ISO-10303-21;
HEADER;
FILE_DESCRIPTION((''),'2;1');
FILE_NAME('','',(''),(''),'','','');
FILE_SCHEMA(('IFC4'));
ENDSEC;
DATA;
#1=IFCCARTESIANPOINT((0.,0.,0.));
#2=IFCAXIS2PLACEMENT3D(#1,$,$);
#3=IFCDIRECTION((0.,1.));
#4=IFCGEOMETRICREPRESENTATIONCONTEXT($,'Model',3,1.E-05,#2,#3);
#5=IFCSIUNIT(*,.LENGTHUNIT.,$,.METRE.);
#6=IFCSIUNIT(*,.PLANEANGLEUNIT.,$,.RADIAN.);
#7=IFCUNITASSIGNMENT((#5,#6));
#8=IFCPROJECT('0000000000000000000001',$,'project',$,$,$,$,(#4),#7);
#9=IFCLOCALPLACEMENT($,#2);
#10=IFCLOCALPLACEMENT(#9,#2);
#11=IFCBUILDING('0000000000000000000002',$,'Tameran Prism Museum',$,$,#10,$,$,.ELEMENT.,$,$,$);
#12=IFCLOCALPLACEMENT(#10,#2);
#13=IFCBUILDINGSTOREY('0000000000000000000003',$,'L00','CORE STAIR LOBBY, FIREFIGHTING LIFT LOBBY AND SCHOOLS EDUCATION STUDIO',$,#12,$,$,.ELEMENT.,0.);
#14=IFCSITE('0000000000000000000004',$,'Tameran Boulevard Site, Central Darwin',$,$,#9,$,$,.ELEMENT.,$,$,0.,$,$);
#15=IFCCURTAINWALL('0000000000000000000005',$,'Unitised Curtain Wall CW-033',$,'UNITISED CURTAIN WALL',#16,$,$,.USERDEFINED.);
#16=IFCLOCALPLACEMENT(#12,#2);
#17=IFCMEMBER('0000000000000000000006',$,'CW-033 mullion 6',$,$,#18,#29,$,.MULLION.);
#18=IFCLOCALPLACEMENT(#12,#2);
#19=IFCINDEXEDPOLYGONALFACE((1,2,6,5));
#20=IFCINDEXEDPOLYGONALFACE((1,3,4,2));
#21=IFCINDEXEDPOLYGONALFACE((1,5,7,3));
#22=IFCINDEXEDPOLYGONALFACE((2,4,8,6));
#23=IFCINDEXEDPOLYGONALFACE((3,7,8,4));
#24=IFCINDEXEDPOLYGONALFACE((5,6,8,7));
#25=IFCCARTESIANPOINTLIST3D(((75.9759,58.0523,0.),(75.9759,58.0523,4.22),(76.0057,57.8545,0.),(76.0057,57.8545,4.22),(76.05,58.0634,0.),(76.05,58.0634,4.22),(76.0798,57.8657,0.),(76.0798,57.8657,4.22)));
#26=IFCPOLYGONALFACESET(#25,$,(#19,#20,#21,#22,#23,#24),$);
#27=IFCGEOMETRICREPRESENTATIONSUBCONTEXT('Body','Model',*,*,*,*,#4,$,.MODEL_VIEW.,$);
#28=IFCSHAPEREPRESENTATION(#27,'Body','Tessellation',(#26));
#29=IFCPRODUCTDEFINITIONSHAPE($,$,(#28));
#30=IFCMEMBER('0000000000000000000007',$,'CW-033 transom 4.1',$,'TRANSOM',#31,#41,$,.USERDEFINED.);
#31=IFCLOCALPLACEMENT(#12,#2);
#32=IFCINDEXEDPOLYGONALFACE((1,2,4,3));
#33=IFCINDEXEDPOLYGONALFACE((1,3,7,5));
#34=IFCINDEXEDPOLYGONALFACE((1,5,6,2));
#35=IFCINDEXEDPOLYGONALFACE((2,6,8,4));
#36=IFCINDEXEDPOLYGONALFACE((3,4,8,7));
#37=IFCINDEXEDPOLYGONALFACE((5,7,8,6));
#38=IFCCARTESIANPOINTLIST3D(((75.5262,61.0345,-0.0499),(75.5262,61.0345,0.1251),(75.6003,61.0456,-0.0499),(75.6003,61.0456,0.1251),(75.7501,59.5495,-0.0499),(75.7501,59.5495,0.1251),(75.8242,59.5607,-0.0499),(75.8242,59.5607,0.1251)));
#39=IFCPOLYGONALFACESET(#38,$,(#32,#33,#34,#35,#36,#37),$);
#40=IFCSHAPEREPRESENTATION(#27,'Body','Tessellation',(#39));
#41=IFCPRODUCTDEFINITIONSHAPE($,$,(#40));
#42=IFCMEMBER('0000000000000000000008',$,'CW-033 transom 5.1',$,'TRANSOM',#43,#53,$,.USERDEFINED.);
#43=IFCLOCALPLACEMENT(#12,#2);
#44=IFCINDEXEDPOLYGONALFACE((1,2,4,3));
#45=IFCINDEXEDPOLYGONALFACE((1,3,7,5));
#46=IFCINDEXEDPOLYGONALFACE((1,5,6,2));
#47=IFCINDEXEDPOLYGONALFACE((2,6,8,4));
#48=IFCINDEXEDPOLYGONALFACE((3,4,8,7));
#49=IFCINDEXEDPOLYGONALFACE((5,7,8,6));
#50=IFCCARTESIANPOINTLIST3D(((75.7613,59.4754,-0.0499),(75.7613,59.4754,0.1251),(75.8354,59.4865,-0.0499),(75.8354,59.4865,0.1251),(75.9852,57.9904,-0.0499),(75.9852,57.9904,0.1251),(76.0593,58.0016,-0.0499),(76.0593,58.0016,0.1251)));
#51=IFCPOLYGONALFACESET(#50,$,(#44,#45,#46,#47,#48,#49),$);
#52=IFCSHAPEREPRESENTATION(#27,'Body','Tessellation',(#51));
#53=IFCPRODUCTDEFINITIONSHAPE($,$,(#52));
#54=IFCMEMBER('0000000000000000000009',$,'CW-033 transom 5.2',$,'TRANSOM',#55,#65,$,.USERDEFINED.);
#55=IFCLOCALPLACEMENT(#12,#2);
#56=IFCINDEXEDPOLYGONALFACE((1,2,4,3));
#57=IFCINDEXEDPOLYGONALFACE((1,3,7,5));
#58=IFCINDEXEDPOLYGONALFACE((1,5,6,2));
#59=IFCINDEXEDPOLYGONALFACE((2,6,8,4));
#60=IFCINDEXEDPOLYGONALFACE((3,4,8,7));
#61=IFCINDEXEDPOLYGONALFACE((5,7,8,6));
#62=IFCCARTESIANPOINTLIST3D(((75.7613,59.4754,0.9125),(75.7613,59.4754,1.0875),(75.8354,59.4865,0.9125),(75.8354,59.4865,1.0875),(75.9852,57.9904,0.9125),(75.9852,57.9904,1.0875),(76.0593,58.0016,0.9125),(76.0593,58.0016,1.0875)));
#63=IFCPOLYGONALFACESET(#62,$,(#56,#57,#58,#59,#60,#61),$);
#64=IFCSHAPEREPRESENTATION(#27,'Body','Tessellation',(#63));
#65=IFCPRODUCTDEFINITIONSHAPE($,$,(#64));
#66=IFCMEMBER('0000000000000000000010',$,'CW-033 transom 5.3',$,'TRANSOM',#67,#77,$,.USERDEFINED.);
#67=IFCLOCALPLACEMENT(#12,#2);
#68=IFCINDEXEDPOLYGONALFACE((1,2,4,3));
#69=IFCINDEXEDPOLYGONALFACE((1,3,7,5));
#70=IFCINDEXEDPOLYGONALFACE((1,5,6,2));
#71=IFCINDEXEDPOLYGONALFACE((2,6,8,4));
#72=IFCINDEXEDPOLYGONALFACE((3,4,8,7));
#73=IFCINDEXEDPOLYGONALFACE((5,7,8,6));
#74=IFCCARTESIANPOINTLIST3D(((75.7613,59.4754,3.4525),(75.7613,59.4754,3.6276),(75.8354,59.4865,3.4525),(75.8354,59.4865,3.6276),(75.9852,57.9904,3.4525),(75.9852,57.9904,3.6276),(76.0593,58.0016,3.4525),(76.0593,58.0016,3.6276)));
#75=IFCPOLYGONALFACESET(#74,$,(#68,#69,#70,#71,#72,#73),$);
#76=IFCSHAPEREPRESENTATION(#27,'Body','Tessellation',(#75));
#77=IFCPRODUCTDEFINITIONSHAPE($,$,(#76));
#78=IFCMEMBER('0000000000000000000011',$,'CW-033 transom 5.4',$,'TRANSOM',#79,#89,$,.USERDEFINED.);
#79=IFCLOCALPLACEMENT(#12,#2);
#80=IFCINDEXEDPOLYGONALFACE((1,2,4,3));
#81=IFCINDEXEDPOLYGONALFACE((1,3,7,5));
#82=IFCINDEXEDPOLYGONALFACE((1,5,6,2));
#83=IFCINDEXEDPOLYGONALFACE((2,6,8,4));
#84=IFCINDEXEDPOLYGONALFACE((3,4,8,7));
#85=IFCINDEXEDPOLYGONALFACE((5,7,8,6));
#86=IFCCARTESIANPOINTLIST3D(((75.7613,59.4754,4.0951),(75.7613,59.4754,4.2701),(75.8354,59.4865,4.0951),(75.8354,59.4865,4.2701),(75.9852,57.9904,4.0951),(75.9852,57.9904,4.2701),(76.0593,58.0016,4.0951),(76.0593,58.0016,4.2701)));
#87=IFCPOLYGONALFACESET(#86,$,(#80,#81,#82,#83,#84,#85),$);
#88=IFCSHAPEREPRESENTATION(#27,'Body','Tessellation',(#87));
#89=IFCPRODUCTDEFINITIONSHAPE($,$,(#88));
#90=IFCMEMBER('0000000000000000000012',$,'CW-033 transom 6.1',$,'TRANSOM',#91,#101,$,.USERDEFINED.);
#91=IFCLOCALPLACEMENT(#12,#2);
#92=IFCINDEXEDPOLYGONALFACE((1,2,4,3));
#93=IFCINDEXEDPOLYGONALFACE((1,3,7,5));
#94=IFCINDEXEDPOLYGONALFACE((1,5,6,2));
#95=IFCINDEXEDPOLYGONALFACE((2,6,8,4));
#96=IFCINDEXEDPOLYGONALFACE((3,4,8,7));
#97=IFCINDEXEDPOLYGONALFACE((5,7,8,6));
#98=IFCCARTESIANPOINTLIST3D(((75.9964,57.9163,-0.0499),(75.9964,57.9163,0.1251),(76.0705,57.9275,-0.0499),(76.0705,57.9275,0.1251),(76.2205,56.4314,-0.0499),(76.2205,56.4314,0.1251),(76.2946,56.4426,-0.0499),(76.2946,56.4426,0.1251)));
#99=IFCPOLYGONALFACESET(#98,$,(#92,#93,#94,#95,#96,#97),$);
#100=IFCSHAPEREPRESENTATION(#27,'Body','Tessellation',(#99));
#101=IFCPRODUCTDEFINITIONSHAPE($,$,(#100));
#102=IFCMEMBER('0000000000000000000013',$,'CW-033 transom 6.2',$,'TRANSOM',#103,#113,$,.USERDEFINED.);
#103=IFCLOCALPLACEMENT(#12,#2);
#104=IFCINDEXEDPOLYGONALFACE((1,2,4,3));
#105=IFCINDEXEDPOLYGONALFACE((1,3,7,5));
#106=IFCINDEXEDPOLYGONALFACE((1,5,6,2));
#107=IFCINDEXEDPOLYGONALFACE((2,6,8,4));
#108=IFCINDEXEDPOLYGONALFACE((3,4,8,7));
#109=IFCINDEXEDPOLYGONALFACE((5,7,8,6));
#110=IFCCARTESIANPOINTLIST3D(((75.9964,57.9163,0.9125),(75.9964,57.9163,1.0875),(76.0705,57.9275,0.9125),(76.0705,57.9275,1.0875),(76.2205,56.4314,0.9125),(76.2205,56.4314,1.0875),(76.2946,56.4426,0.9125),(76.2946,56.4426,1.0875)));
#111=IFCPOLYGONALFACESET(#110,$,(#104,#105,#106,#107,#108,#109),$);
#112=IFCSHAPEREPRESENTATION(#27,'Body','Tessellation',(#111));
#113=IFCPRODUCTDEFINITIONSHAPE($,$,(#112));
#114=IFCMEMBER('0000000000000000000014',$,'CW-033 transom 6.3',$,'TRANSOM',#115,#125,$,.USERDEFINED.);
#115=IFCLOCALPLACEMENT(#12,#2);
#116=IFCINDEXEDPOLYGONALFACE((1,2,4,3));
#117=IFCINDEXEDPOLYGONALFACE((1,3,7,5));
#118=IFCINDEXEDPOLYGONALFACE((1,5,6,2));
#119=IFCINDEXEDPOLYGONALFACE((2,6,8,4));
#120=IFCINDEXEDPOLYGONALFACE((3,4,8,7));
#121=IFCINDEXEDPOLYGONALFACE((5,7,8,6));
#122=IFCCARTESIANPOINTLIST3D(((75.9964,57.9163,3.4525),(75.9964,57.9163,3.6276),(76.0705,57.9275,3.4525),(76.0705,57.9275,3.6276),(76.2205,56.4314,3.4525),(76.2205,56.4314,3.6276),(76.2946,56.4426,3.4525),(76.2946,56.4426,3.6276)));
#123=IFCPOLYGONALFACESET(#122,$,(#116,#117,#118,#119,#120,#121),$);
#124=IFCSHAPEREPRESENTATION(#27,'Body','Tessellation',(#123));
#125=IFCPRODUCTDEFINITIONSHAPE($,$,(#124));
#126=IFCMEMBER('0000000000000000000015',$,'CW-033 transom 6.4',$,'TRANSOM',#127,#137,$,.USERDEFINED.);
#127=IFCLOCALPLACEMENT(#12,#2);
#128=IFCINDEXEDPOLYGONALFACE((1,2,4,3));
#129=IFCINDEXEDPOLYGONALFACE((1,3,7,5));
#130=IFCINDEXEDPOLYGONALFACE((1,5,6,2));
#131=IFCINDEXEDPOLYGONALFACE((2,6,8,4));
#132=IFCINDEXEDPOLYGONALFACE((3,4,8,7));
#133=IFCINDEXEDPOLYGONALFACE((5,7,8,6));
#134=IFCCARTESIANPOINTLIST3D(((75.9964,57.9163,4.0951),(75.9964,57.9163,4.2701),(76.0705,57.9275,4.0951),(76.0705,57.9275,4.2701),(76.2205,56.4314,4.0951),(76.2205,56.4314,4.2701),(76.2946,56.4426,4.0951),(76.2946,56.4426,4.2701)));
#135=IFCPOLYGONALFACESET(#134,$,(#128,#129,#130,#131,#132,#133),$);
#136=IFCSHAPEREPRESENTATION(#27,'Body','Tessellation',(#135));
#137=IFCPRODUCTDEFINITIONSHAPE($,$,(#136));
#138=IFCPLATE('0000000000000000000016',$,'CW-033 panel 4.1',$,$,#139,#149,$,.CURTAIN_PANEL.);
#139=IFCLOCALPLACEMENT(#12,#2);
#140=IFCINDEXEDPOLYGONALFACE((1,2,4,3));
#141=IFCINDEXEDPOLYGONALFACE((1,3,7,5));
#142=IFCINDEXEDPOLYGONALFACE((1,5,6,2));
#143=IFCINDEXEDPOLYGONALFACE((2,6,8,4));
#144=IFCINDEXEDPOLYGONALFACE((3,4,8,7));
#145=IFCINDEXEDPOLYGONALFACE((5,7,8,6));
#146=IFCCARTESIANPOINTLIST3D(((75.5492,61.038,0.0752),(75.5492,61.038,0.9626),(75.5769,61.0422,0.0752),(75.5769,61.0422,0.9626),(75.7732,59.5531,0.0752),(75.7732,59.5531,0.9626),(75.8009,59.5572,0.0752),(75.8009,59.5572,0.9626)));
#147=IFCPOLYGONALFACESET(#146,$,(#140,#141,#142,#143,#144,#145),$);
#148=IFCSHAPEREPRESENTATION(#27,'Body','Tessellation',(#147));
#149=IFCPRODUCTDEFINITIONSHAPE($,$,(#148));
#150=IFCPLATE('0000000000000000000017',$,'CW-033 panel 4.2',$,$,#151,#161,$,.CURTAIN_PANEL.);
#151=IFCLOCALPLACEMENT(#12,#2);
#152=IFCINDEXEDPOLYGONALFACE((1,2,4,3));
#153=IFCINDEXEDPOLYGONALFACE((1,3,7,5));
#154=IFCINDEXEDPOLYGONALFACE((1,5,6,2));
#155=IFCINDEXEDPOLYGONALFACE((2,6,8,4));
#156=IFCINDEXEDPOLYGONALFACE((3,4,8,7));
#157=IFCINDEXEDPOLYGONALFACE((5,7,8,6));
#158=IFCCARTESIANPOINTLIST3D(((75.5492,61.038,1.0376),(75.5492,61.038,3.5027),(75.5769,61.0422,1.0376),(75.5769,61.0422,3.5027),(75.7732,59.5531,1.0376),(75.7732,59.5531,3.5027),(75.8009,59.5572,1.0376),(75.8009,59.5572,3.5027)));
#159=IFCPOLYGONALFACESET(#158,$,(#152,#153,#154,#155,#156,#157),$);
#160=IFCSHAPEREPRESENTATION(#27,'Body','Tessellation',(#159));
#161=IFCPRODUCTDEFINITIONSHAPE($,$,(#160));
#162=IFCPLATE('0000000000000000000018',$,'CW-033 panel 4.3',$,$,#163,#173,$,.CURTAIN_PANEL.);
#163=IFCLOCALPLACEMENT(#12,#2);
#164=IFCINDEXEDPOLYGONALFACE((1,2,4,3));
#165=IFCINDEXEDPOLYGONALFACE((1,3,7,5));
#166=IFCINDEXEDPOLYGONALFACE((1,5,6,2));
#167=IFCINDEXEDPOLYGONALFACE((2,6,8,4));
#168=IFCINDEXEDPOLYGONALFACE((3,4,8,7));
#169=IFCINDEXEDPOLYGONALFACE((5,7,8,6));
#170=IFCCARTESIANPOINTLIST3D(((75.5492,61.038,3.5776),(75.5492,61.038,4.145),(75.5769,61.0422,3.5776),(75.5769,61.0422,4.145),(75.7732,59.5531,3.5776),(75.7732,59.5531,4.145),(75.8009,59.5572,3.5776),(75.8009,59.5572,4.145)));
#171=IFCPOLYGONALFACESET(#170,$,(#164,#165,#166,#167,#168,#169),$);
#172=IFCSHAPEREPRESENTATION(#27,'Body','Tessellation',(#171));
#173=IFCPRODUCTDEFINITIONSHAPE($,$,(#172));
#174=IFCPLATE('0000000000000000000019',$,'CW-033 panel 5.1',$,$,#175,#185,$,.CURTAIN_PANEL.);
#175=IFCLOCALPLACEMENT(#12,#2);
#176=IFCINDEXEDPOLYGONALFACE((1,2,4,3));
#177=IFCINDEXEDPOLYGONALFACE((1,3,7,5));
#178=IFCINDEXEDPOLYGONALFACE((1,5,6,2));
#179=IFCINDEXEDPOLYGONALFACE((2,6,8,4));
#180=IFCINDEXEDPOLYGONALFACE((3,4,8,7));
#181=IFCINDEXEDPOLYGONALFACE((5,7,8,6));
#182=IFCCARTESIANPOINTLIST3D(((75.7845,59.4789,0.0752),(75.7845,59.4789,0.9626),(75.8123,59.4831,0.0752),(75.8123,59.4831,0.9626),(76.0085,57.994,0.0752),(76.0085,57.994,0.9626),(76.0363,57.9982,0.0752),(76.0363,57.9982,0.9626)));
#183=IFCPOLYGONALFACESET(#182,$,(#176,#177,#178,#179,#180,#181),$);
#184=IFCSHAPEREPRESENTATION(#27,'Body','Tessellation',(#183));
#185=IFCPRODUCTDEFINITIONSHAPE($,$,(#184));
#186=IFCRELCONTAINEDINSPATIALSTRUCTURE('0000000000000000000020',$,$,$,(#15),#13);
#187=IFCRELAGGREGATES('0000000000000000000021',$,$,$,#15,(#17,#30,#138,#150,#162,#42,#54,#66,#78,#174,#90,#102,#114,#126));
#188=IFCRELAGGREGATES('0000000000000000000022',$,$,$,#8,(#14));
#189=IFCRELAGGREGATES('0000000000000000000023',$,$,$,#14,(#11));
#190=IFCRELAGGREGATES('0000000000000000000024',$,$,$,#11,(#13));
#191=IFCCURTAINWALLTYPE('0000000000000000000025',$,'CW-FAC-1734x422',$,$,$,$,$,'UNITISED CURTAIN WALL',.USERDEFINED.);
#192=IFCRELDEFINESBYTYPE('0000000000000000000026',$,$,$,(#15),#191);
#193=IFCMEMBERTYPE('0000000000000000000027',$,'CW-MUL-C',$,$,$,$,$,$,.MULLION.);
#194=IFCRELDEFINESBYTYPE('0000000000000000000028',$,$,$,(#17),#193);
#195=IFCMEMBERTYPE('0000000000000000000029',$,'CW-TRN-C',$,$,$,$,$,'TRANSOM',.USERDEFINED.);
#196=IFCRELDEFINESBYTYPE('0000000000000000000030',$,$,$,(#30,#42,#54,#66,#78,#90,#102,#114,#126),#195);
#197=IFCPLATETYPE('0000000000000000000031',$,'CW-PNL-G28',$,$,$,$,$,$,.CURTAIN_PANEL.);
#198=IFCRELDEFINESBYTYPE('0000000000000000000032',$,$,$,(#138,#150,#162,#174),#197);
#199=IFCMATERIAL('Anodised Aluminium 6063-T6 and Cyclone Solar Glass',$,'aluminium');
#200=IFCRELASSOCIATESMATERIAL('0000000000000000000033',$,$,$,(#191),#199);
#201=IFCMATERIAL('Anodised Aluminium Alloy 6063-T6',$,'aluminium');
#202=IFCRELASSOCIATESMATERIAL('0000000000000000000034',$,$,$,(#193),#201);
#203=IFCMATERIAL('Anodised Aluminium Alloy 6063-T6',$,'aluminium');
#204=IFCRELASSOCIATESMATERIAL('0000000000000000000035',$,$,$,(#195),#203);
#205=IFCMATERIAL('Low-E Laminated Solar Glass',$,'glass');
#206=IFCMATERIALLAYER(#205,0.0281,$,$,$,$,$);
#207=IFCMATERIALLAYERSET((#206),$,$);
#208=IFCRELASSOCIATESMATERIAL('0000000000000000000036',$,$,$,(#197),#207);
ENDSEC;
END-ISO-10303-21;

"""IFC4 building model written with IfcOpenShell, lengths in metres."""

from ifc_helpers import new_model, si_unit, direction, frame, origin, origin_2d, place, context, subcontext, project, spatial, rectangle, extrude, material, layer, layer_set, material_profile, profile_set, type_object, element, aggregate, save


model = new_model("IFC4")

# Units and contexts
model_context = context("Model", 3, precision=1e-05, world=origin(), true_north=direction((0.0, 1.0)))
body_context = subcontext(model_context, "Body", "Model", "MODEL_VIEW")
ifc_project = project(units=[si_unit("LENGTHUNIT", "METRE"), si_unit("PLANEANGLEUNIT", "RADIAN")], contexts=[model_context])

# Site, building, storey
site_placement = place(None, origin())
site = spatial("IfcSite", under=ifc_project, at=site_placement, Name="Tameran Boulevard Site, Central Darwin", CompositionType="ELEMENT", RefElevation=0.0)
building_placement = place(site_placement, origin())
building = spatial("IfcBuilding", under=site, at=building_placement, Name="Tameran Prism Museum", CompositionType="ELEMENT")
storey_placement = place(building_placement, origin())
storey = spatial("IfcBuildingStorey", under=building, at=storey_placement, Name="L00", Description="CORE STAIR LOBBY, FIREFIGHTING LIFT LOBBY AND SCHOOLS EDUCATION STUDIO", CompositionType="ELEMENT", Elevation=0.0)

# Curtain wall, members, plates
ifc_material_1 = material(Name="Anodised Aluminium 6063-T6 and Cyclone Solar Glass", Category="aluminium")
curtain_wall_type = type_object("IfcCurtainWallType", Name="CW-FAC-1734x422", ElementType="UNITISED CURTAIN WALL", PredefinedType="USERDEFINED", material=ifc_material_1)
curtain_wall_placement = place(storey_placement, origin())
curtain_wall = element("IfcCurtainWall", 1, at=curtain_wall_placement, inside=storey, type_object=curtain_wall_type, Name="Unitised Curtain Wall CW-033", ObjectType="UNITISED CURTAIN WALL", PredefinedType="USERDEFINED")
ifc_material_2 = material(Name="Anodised Aluminium Alloy 6063-T6", Category="aluminium")
ifc_material_profile_1 = material_profile(ifc_material_2, rectangle(XDim=0.075, YDim=0.2, at=origin_2d()))
ifc_profile_set_1 = profile_set([ifc_material_profile_1])
member_type_1 = type_object("IfcMemberType", Name="CW-MUL-C", PredefinedType="MULLION", material=ifc_profile_set_1)
member_1_placement = place(storey_placement, frame((76.0278, 57.959, 0.0), z_axis=(0.0, 0.0, 1.0), x_axis=(0.988812, 0.149167, 0.0)))
member_1 = element("IfcMember", 2, at=member_1_placement, type_object=member_type_1, Name="CW-033 mullion 6", PredefinedType="MULLION", context=body_context, shape_type="SweptSolid", body=[
    extrude(rectangle(XDim=0.075, YDim=0.2, at=origin_2d()), origin(), (0.0, 0.0, 1.0), 4.22),
])
ifc_material_3 = material(Name="Anodised Aluminium Alloy 6063-T6", Category="aluminium")
ifc_material_profile_2 = material_profile(ifc_material_3, rectangle(XDim=0.075, YDim=0.175, at=origin_2d()))
ifc_profile_set_2 = profile_set([ifc_material_profile_2])
member_type_2 = type_object("IfcMemberType", Name="CW-TRN-C", ElementType="TRANSOM", PredefinedType="USERDEFINED", material=ifc_profile_set_2)
member_2_placement = place(storey_placement, frame((75.5632, 61.04, 0.0376), z_axis=(0.149088, -0.988824, 0.0), x_axis=(0.988824, 0.149088, 0.0)))
member_2 = element("IfcMember", 3, at=member_2_placement, type_object=member_type_2, Name="CW-033 transom 4.1", ObjectType="TRANSOM", PredefinedType="USERDEFINED", context=body_context, shape_type="SweptSolid", body=[
    extrude(rectangle(XDim=0.075, YDim=0.175, at=origin_2d()), origin(), (0.0, 0.0, 1.0), 1.5017),
])
member_3_placement = place(storey_placement, frame((75.7983, 59.481, 0.0376), z_axis=(0.149088, -0.988824, 0.0), x_axis=(0.988824, 0.149088, 0.0)))
member_3 = element("IfcMember", 4, at=member_3_placement, type_object=member_type_2, Name="CW-033 transom 5.1", ObjectType="TRANSOM", PredefinedType="USERDEFINED", context=body_context, shape_type="SweptSolid", body=[
    extrude(rectangle(XDim=0.075, YDim=0.175, at=origin_2d()), origin(), (0.0, 0.0, 1.0), 1.5017),
])
member_4_placement = place(storey_placement, frame((75.7983, 59.481, 1.0), z_axis=(0.149088, -0.988824, 0.0), x_axis=(0.988824, 0.149088, 0.0)))
member_4 = element("IfcMember", 5, at=member_4_placement, type_object=member_type_2, Name="CW-033 transom 5.2", ObjectType="TRANSOM", PredefinedType="USERDEFINED", context=body_context, shape_type="SweptSolid", body=[
    extrude(rectangle(XDim=0.075, YDim=0.175, at=origin_2d()), origin(), (0.0, 0.0, 1.0), 1.5017),
])
member_5_placement = place(storey_placement, frame((75.7983, 59.481, 3.54), z_axis=(0.149088, -0.988824, 0.0), x_axis=(0.988824, 0.149088, 0.0)))
member_5 = element("IfcMember", 6, at=member_5_placement, type_object=member_type_2, Name="CW-033 transom 5.3", ObjectType="TRANSOM", PredefinedType="USERDEFINED", context=body_context, shape_type="SweptSolid", body=[
    extrude(rectangle(XDim=0.075, YDim=0.175, at=origin_2d()), origin(), (0.0, 0.0, 1.0), 1.5017),
])
member_6_placement = place(storey_placement, frame((75.7983, 59.481, 4.1826), z_axis=(0.149088, -0.988824, 0.0), x_axis=(0.988824, 0.149088, 0.0)))
member_6 = element("IfcMember", 7, at=member_6_placement, type_object=member_type_2, Name="CW-033 transom 5.4", ObjectType="TRANSOM", PredefinedType="USERDEFINED", context=body_context, shape_type="SweptSolid", body=[
    extrude(rectangle(XDim=0.075, YDim=0.175, at=origin_2d()), origin(), (0.0, 0.0, 1.0), 1.5017),
])
member_7_placement = place(storey_placement, frame((76.0334, 57.9219, 0.0376), z_axis=(0.149247, -0.9888, 0.0), x_axis=(0.9888, 0.149247, 0.0)))
member_7 = element("IfcMember", 8, at=member_7_placement, type_object=member_type_2, Name="CW-033 transom 6.1", ObjectType="TRANSOM", PredefinedType="USERDEFINED", context=body_context, shape_type="SweptSolid", body=[
    extrude(rectangle(XDim=0.075, YDim=0.175, at=origin_2d()), origin(), (0.0, 0.0, 1.0), 1.5017),
])
member_8_placement = place(storey_placement, frame((76.0334, 57.9219, 1.0), z_axis=(0.149247, -0.9888, 0.0), x_axis=(0.9888, 0.149247, 0.0)))
member_8 = element("IfcMember", 9, at=member_8_placement, type_object=member_type_2, Name="CW-033 transom 6.2", ObjectType="TRANSOM", PredefinedType="USERDEFINED", context=body_context, shape_type="SweptSolid", body=[
    extrude(rectangle(XDim=0.075, YDim=0.175, at=origin_2d()), origin(), (0.0, 0.0, 1.0), 1.5017),
])
member_9_placement = place(storey_placement, frame((76.0334, 57.9219, 3.54), z_axis=(0.149247, -0.9888, 0.0), x_axis=(0.9888, 0.149247, 0.0)))
member_9 = element("IfcMember", 10, at=member_9_placement, type_object=member_type_2, Name="CW-033 transom 6.3", ObjectType="TRANSOM", PredefinedType="USERDEFINED", context=body_context, shape_type="SweptSolid", body=[
    extrude(rectangle(XDim=0.075, YDim=0.175, at=origin_2d()), origin(), (0.0, 0.0, 1.0), 1.5017),
])
member_10_placement = place(storey_placement, frame((76.0334, 57.9219, 4.1826), z_axis=(0.149247, -0.9888, 0.0), x_axis=(0.9888, 0.149247, 0.0)))
member_10 = element("IfcMember", 11, at=member_10_placement, type_object=member_type_2, Name="CW-033 transom 6.4", ObjectType="TRANSOM", PredefinedType="USERDEFINED", context=body_context, shape_type="SweptSolid", body=[
    extrude(rectangle(XDim=0.075, YDim=0.175, at=origin_2d()), origin(), (0.0, 0.0, 1.0), 1.5017),
])
ifc_material_4 = material(Name="Low-E Laminated Solar Glass", Category="glass")
ifc_layer_1 = layer(ifc_material_4, 0.0281)
ifc_layer_set_1 = layer_set([ifc_layer_1])
plate_type_1 = type_object("IfcPlateType", Name="CW-PNL-G28", PredefinedType="CURTAIN_PANEL", material=ifc_layer_set_1)
plate_1_placement = place(storey_placement, frame((75.675, 60.2976, 0.0752), z_axis=(0.0, 0.0, 1.0), x_axis=(0.149167, -0.988812, 0.0)))
plate_1 = element("IfcPlate", 12, at=plate_1_placement, type_object=plate_type_1, Name="CW-033 panel 4.1", PredefinedType="CURTAIN_PANEL", context=body_context, shape_type="SweptSolid", body=[
    extrude(rectangle(XDim=1.5017, YDim=0.0281, at=origin_2d()), origin(), (0.0, 0.0, 1.0), 0.8875),
])
plate_2_placement = place(storey_placement, frame((75.675, 60.2976, 1.0376), z_axis=(0.0, 0.0, 1.0), x_axis=(0.149167, -0.988812, 0.0)))
plate_2 = element("IfcPlate", 13, at=plate_2_placement, type_object=plate_type_1, Name="CW-033 panel 4.2", PredefinedType="CURTAIN_PANEL", context=body_context, shape_type="SweptSolid", body=[
    extrude(rectangle(XDim=1.5017, YDim=0.0281, at=origin_2d()), origin(), (0.0, 0.0, 1.0), 2.4651),
])
plate_3_placement = place(storey_placement, frame((75.675, 60.2976, 3.5776), z_axis=(0.0, 0.0, 1.0), x_axis=(0.149167, -0.988812, 0.0)))
plate_3 = element("IfcPlate", 14, at=plate_3_placement, type_object=plate_type_1, Name="CW-033 panel 4.3", PredefinedType="CURTAIN_PANEL", context=body_context, shape_type="SweptSolid", body=[
    extrude(rectangle(XDim=1.5017, YDim=0.0281, at=origin_2d()), origin(), (0.0, 0.0, 1.0), 0.5674),
])
plate_4_placement = place(storey_placement, frame((75.9104, 58.7385, 0.0752), z_axis=(0.0, 0.0, 1.0), x_axis=(0.149167, -0.988812, 0.0)))
plate_4 = element("IfcPlate", 15, at=plate_4_placement, type_object=plate_type_1, Name="CW-033 panel 5.1", PredefinedType="CURTAIN_PANEL", context=body_context, shape_type="SweptSolid", body=[
    extrude(rectangle(XDim=1.5017, YDim=0.0281, at=origin_2d()), origin(), (0.0, 0.0, 1.0), 0.8875),
])
aggregate(curtain_wall, [member_1, member_2, plate_1, plate_2, plate_3, member_3, member_4, member_5, member_6, plate_4, member_7, member_8, member_9, member_10])

save(model, "model.ifc")
